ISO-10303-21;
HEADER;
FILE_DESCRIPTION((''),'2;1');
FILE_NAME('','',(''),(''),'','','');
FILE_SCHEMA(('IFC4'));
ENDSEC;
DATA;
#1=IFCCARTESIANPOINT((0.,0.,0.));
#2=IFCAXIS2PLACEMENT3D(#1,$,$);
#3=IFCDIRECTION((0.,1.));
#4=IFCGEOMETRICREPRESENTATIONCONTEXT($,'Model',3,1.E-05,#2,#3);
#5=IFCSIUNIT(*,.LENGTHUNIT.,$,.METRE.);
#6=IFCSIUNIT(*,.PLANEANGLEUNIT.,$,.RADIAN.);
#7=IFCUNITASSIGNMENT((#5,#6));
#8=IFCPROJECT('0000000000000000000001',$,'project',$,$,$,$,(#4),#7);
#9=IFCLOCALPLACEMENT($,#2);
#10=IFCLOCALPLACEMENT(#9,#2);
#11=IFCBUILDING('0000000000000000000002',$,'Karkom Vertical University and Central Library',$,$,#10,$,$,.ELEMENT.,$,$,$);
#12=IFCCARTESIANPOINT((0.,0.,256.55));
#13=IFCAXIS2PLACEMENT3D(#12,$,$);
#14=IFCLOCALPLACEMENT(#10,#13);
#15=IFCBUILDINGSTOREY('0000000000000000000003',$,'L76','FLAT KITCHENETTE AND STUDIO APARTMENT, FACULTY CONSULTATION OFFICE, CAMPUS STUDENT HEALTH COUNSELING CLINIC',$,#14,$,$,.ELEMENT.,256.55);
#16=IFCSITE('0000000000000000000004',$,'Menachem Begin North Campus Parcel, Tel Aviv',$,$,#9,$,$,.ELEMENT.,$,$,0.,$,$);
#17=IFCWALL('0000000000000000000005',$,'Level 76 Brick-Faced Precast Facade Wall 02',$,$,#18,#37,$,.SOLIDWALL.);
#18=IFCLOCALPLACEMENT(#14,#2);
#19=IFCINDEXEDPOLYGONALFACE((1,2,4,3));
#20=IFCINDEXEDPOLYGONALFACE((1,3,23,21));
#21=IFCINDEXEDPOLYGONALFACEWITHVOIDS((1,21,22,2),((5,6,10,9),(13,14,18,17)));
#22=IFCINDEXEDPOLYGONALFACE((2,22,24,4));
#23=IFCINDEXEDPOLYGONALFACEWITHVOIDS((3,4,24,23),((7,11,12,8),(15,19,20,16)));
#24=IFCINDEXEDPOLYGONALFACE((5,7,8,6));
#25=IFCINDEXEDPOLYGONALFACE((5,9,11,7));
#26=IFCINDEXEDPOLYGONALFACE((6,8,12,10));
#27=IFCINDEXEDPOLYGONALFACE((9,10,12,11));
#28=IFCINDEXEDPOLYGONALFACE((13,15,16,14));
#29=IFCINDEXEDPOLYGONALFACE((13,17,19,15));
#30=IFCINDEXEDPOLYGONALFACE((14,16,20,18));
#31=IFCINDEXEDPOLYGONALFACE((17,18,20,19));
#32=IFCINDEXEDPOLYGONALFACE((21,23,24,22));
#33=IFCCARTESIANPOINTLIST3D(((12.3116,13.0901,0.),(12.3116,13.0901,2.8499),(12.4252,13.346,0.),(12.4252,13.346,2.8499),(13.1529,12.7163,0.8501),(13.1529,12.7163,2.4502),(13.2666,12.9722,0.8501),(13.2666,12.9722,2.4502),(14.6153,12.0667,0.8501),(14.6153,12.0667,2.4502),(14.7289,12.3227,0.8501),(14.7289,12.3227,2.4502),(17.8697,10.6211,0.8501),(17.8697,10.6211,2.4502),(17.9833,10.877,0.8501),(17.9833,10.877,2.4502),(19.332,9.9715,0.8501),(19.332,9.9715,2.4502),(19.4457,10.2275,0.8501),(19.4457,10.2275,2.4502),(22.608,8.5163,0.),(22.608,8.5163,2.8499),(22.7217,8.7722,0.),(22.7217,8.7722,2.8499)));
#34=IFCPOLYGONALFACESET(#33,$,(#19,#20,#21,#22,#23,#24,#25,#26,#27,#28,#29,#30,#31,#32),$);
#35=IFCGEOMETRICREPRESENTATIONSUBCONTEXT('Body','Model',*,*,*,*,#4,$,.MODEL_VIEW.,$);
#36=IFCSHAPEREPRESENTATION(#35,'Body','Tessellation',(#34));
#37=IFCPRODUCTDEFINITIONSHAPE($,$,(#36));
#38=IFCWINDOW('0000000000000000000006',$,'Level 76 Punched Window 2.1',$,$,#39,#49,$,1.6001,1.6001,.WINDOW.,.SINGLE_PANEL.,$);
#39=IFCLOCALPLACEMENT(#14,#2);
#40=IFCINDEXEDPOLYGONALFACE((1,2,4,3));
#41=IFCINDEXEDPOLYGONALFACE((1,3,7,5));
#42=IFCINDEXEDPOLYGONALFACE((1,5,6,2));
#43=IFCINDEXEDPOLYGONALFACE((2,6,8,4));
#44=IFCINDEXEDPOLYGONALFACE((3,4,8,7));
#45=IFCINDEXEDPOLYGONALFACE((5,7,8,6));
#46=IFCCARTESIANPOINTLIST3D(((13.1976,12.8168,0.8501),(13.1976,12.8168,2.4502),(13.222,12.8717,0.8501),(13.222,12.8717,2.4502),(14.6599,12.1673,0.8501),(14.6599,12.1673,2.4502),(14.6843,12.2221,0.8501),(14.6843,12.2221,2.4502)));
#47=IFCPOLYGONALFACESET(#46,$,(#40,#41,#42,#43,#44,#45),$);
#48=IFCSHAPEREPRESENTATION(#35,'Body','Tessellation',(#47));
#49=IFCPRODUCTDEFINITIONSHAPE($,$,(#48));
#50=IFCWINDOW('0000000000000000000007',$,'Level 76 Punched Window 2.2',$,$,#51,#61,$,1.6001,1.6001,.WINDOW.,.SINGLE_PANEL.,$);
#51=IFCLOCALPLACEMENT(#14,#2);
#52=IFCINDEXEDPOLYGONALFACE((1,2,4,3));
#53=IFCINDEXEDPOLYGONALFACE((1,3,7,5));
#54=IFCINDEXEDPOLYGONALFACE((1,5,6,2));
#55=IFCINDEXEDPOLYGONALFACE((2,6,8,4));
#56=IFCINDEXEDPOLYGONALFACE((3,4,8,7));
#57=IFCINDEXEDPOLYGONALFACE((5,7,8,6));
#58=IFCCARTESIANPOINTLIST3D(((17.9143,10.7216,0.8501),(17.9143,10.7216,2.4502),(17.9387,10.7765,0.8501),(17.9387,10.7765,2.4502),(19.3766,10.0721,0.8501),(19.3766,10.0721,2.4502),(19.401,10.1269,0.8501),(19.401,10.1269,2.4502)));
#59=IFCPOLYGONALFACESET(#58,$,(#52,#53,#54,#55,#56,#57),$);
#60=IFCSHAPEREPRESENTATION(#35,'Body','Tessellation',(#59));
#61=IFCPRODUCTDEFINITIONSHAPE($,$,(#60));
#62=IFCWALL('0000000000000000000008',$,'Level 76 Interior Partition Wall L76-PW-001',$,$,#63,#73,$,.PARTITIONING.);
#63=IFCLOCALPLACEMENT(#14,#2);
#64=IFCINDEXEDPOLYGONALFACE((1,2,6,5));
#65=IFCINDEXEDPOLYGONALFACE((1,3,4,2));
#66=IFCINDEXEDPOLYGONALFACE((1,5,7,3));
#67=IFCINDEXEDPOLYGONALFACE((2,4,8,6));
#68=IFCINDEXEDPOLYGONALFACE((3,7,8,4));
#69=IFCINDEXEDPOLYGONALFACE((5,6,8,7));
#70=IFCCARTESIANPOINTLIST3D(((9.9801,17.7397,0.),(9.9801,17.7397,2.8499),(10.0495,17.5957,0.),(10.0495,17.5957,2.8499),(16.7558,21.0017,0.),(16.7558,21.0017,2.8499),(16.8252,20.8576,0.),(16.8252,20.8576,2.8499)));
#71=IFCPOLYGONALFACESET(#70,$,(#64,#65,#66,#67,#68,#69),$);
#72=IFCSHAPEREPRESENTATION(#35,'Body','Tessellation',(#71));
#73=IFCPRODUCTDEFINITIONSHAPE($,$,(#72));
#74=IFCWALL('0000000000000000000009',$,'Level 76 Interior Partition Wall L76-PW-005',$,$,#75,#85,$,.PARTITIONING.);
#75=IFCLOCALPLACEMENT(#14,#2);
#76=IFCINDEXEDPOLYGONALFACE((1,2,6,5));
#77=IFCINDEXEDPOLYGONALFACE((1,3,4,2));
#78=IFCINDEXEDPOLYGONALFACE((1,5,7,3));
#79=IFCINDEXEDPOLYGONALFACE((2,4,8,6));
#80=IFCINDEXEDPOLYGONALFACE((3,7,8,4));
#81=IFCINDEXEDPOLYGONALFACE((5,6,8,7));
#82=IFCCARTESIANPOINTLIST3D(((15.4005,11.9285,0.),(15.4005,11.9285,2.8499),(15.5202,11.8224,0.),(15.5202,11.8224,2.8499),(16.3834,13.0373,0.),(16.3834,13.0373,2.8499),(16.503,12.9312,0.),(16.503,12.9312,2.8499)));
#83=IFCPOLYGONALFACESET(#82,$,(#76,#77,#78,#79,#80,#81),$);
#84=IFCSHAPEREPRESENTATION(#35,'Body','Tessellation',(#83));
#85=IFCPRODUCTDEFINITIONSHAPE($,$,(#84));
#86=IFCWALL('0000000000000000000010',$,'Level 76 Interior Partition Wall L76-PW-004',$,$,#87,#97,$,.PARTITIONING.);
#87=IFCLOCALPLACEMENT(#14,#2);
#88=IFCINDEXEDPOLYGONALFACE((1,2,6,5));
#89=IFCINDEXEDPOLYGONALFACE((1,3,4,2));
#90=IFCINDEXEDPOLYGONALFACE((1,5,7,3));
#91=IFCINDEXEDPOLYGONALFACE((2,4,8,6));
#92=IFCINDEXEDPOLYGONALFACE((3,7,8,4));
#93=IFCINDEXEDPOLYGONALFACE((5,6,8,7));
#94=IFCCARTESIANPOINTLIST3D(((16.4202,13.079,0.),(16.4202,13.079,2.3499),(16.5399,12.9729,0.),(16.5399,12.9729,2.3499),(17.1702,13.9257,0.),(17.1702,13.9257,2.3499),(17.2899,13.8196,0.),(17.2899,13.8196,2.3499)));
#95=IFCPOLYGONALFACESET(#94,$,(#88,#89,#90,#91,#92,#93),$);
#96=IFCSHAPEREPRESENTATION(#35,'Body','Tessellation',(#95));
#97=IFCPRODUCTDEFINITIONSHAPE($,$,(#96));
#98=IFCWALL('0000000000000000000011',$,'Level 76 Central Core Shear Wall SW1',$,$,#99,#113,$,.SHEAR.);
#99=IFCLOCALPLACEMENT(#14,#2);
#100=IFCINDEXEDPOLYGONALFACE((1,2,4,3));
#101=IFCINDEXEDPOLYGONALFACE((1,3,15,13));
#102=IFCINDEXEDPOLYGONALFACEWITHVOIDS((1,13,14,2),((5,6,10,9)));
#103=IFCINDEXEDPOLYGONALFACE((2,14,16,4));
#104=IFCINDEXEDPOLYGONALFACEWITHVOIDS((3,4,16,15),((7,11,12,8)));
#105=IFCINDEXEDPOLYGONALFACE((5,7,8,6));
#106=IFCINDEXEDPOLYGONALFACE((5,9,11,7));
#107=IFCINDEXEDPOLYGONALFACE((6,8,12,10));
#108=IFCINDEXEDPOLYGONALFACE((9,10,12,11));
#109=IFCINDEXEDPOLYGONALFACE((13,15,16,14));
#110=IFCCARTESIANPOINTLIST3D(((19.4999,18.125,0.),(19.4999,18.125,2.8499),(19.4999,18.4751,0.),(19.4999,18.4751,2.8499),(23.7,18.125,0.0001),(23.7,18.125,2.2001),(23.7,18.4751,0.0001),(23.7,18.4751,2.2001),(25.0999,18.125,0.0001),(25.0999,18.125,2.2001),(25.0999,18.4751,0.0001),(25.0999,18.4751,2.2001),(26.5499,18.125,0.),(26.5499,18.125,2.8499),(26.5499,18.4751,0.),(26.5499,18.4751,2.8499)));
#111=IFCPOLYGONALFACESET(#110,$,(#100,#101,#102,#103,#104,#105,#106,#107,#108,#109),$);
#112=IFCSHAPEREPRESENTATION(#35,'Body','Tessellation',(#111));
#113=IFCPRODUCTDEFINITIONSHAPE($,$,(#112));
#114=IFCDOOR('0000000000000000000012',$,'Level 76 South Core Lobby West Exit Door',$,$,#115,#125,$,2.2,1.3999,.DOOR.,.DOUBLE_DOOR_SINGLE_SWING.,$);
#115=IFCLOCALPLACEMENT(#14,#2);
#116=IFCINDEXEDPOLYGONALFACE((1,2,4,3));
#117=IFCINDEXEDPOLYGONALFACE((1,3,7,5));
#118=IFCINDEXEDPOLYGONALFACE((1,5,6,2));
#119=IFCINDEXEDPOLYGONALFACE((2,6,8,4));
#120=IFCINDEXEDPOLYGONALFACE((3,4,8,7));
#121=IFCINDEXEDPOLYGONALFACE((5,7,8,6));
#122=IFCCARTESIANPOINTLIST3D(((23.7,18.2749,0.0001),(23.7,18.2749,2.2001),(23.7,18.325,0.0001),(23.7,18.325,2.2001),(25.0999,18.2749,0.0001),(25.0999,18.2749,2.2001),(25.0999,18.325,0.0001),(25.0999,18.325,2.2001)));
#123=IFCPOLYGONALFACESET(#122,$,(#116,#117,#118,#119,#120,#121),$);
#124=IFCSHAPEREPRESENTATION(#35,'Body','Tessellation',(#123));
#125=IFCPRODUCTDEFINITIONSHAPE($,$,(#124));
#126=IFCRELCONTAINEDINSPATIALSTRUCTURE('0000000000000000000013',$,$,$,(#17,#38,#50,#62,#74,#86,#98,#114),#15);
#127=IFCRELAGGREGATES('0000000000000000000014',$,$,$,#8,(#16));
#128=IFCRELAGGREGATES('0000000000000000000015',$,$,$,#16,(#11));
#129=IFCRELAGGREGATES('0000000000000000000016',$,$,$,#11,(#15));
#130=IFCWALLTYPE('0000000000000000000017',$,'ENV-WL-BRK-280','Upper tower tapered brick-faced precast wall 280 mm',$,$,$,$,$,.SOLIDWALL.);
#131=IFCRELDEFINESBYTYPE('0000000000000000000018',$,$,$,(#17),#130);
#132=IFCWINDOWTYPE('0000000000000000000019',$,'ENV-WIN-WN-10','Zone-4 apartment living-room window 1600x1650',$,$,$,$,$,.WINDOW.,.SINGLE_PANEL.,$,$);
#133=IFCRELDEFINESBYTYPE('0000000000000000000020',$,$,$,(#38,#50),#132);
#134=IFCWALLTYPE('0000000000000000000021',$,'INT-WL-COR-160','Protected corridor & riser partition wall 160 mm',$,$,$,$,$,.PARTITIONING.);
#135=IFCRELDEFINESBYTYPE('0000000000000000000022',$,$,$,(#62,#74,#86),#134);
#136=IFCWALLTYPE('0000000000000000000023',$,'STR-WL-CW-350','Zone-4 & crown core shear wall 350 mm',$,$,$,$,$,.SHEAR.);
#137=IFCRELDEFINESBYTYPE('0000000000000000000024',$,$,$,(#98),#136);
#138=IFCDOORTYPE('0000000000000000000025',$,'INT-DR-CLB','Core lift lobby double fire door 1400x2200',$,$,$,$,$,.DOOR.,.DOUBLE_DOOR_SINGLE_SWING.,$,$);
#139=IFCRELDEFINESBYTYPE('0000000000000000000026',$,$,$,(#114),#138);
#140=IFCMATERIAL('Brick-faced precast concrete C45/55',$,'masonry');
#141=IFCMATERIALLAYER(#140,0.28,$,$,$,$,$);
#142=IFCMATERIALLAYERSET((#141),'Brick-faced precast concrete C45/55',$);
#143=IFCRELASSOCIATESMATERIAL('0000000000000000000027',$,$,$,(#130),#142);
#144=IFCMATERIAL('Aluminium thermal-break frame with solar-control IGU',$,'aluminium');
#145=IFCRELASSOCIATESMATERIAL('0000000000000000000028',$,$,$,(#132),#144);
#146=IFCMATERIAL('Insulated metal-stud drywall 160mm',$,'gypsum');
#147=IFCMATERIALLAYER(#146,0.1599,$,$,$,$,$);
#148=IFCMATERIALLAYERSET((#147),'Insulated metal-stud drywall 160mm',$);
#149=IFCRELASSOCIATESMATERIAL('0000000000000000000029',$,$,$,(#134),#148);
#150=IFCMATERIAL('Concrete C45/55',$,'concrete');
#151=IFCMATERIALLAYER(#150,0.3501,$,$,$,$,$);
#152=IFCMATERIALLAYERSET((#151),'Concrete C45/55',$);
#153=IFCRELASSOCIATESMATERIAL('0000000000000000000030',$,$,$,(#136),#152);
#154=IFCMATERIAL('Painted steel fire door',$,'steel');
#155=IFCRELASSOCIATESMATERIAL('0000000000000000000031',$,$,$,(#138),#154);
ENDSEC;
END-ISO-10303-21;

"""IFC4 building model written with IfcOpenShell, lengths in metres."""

from ifc_helpers import new_model, si_unit, direction, frame, frame_2d, origin, origin_with_axes, place, context, subcontext, project, spatial, rectangle, extrude, source, transform, mapped, material, layer, layer_set, type_object, element, fill, save


model = new_model("IFC4")

# Units and contexts
model_context = context("Model", 3, precision=1e-05, world=origin(), true_north=direction((0.0, 1.0)))
body_context = subcontext(model_context, "Body", "Model", "MODEL_VIEW")
ifc_project = project(units=[si_unit("LENGTHUNIT", "METRE"), si_unit("PLANEANGLEUNIT", "RADIAN")], contexts=[model_context])

# Site, building, storey
site_placement = place(None, origin())
site = spatial("IfcSite", under=ifc_project, at=site_placement, Name="Menachem Begin North Campus Parcel, Tel Aviv", CompositionType="ELEMENT", RefElevation=0.0)
building_placement = place(site_placement, origin())
building = spatial("IfcBuilding", under=site, at=building_placement, Name="Karkom Vertical University and Central Library", CompositionType="ELEMENT")
storey_placement = place(building_placement, frame((0.0, 0.0, 256.55)))
storey = spatial("IfcBuildingStorey", under=building, at=storey_placement, Name="L76", Description="FLAT KITCHENETTE AND STUDIO APARTMENT, FACULTY CONSULTATION OFFICE, CAMPUS STUDENT HEALTH COUNSELING CLINIC", CompositionType="ELEMENT", Elevation=256.55)

# Shared definitions
ifc_material_1 = material(Name="Concrete C45/55", Category="concrete")

# Wall, openings, windows
ifc_material_2 = material(Name="Brick-faced precast concrete C45/55", Category="masonry")
ifc_layer_1 = layer(ifc_material_2, 0.28)
ifc_layer_set_1 = layer_set([ifc_layer_1], Name="Brick-faced precast concrete C45/55")
wall_type_1 = type_object("IfcWallType", Name="ENV-WL-BRK-280", Description="Upper tower tapered brick-faced precast wall 280 mm", PredefinedType="SOLIDWALL", material=ifc_layer_set_1)
ifc_material_3 = material(Name="Aluminium thermal-break frame with solar-control IGU", Category="aluminium")
window_type = type_object("IfcWindowType", Name="ENV-WIN-WN-10", Description="Zone-4 apartment living-room window 1600x1650", PartitioningType="SINGLE_PANEL", PredefinedType="WINDOW", material=ifc_material_3)
shared_shape_1 = source(origin_with_axes(), body_context, "Body", "SweptSolid", [
    extrude(rectangle(XDim=1.6001, YDim=1.6001, at=frame_2d((0.8, 0.8))), frame((0.0, 0.03, 0.0), z_axis=(0.0, -1.0, 0.0), x_axis=(1.0, 0.0, 0.0)), (0.0, 0.0, 1.0), 0.0601),
])
wall_1_placement = place(storey_placement, frame((12.3684, 13.218, 0.0), z_axis=(0.0, 0.0, 1.0), x_axis=(0.913892, -0.405958, 0.0)))
wall_1 = element("IfcWall", 1, at=wall_1_placement, inside=storey, type_object=wall_type_1, Name="Level 76 Brick-Faced Precast Facade Wall 02", PredefinedType="SOLIDWALL", context=body_context, shape_type="SweptSolid", body=[
    extrude(rectangle(XDim=11.2666, YDim=0.28, at=frame_2d((5.6333, 0.0))), origin(), (0.0, 0.0, 1.0), 2.8499),
])
opening_1_placement = place(wall_1_placement, frame((0.9207, 0.0, 0.8501)))
opening_1 = element("IfcOpeningElement", 2, at=opening_1_placement, cuts=wall_1, PredefinedType="OPENING", context=body_context, shape_type="SweptSolid", body=[
    extrude(rectangle(XDim=1.6001, YDim=1.6001, at=frame_2d((0.8, 0.8))), frame((0.0, 0.1499, 0.0), z_axis=(0.0, -1.0, 0.0), x_axis=(1.0, 0.0, 0.0)), (0.0, 0.0, 1.0), 0.3),
])
opening_2_placement = place(wall_1_placement, frame((6.0818, 0.0, 0.8501)))
opening_2 = element("IfcOpeningElement", 3, at=opening_2_placement, cuts=wall_1, PredefinedType="OPENING", context=body_context, shape_type="SweptSolid", body=[
    extrude(rectangle(XDim=1.6001, YDim=1.6001, at=frame_2d((0.8, 0.8))), frame((0.0, 0.1499, 0.0), z_axis=(0.0, -1.0, 0.0), x_axis=(1.0, 0.0, 0.0)), (0.0, 0.0, 1.0), 0.3),
])
window_1_placement = place(opening_1_placement, origin())
window_1 = element("IfcWindow", 4, at=window_1_placement, inside=storey, type_object=window_type, Name="Level 76 Punched Window 2.1", OverallHeight=1.6001, OverallWidth=1.6001, PartitioningType="SINGLE_PANEL", PredefinedType="WINDOW", context=body_context, shape_type="MappedRepresentation", body=[
    mapped(shared_shape_1, transform((0.0, 0.0, 0.0), scale=1.0)),
])
fill(opening_1, window_1)
window_2_placement = place(opening_2_placement, origin())
window_2 = element("IfcWindow", 5, at=window_2_placement, inside=storey, type_object=window_type, Name="Level 76 Punched Window 2.2", OverallHeight=1.6001, OverallWidth=1.6001, PartitioningType="SINGLE_PANEL", PredefinedType="WINDOW", context=body_context, shape_type="MappedRepresentation", body=[
    mapped(shared_shape_1, transform((0.0, 0.0, 0.0), scale=1.0)),
])
fill(opening_2, window_2)

# Shared definitions
ifc_material_4 = material(Name="Insulated metal-stud drywall 160mm", Category="gypsum")
ifc_layer_2 = layer(ifc_material_4, 0.1599)
ifc_layer_set_2 = layer_set([ifc_layer_2], Name="Insulated metal-stud drywall 160mm")
wall_type_2 = type_object("IfcWallType", Name="INT-WL-COR-160", Description="Protected corridor & riser partition wall 160 mm", PredefinedType="PARTITIONING", material=ifc_layer_set_2)

# Walls
wall_2_placement = place(storey_placement, frame((16.7905, 20.9297, 0.0), z_axis=(0.0, 0.0, 1.0), x_axis=(-0.901021, -0.433775, 0.0)))
element("IfcWall", 6, at=wall_2_placement, inside=storey, type_object=wall_type_2, Name="Level 76 Interior Partition Wall L76-PW-001", PredefinedType="PARTITIONING", context=body_context, shape_type="SweptSolid", body=[
    extrude(rectangle(XDim=7.52, YDim=0.1599, at=frame_2d((3.76, 0.0))), origin(), (0.0, 0.0, 1.0), 2.8499),
])
wall_3_placement = place(storey_placement, frame((16.4431, 12.9841, 0.0), z_axis=(0.0, 0.0, 1.0), x_axis=(-0.66332, -0.748336, 0.0)))
element("IfcWall", 7, at=wall_3_placement, inside=storey, type_object=wall_type_2, Name="Level 76 Interior Partition Wall L76-PW-005", PredefinedType="PARTITIONING", context=body_context, shape_type="SweptSolid", body=[
    extrude(rectangle(XDim=1.4817, YDim=0.1599, at=frame_2d((0.7407, 0.0))), origin(), (0.0, 0.0, 1.0), 2.8499),
])
wall_4_placement = place(storey_placement, frame((17.23, 13.8726, 0.0), z_axis=(0.0, 0.0, 1.0), x_axis=(-0.663077, -0.748551, 0.0)))
element("IfcWall", 8, at=wall_4_placement, inside=storey, type_object=wall_type_2, Name="Level 76 Interior Partition Wall L76-PW-004", PredefinedType="PARTITIONING", context=body_context, shape_type="SweptSolid", body=[
    extrude(rectangle(XDim=1.1311, YDim=0.1599, at=frame_2d((0.5654, 0.0))), origin(), (0.0, 0.0, 1.0), 2.3499),
])

# Wall, opening, door
ifc_layer_3 = layer(ifc_material_1, 0.3501)
ifc_layer_set_3 = layer_set([ifc_layer_3], Name="Concrete C45/55")
wall_type_3 = type_object("IfcWallType", Name="STR-WL-CW-350", Description="Zone-4 & crown core shear wall 350 mm", PredefinedType="SHEAR", material=ifc_layer_set_3)
wall_5_placement = place(storey_placement, frame((19.5, 18.3, 0.0), z_axis=(0.0, 0.0, 1.0), x_axis=(1.0, 0.0, 0.0)))
wall_5 = element("IfcWall", 9, at=wall_5_placement, inside=storey, type_object=wall_type_3, Name="Level 76 Central Core Shear Wall SW1", PredefinedType="SHEAR", context=body_context, shape_type="SweptSolid", body=[
    extrude(rectangle(XDim=7.05, YDim=0.3501, at=frame_2d((3.5249, 0.0))), origin(), (0.0, 0.0, 1.0), 2.8499),
])
opening_3_placement = place(wall_5_placement, frame((4.2, 0.0, 0.0)))
opening_3 = element("IfcOpeningElement", 10, at=opening_3_placement, cuts=wall_5, PredefinedType="OPENING", context=body_context, shape_type="SweptSolid", body=[
    extrude(rectangle(XDim=1.3999, YDim=2.2, at=frame_2d((0.7, 1.1001))), frame((0.0, 0.1851, 0.0), z_axis=(0.0, -1.0, 0.0), x_axis=(1.0, 0.0, 0.0)), (0.0, 0.0, 1.0), 0.3701),
])
ifc_material_5 = material(Name="Painted steel fire door", Category="steel")
door_type_1 = type_object("IfcDoorType", Name="INT-DR-CLB", Description="Core lift lobby double fire door 1400x2200", OperationType="DOUBLE_DOOR_SINGLE_SWING", PredefinedType="DOOR", material=ifc_material_5)
shared_shape_2 = source(origin_with_axes(), body_context, "Body", "SweptSolid", [
    extrude(rectangle(XDim=1.3999, YDim=2.2, at=frame_2d((0.7, 1.1001))), frame((0.0, 0.0249, 0.0), z_axis=(0.0, -1.0, 0.0), x_axis=(1.0, 0.0, 0.0)), (0.0, 0.0, 1.0), 0.05),
])
door_1_placement = place(opening_3_placement, origin())
door_1 = element("IfcDoor", 11, at=door_1_placement, inside=storey, type_object=door_type_1, Name="Level 76 South Core Lobby West Exit Door", OperationType="DOUBLE_DOOR_SINGLE_SWING", OverallHeight=2.2, OverallWidth=1.3999, PredefinedType="DOOR", context=body_context, shape_type="MappedRepresentation", body=[
    mapped(shared_shape_2, transform((0.0, 0.0, 0.0), scale=1.0)),
])
fill(opening_3, door_1)

save(model, "model.ifc")
